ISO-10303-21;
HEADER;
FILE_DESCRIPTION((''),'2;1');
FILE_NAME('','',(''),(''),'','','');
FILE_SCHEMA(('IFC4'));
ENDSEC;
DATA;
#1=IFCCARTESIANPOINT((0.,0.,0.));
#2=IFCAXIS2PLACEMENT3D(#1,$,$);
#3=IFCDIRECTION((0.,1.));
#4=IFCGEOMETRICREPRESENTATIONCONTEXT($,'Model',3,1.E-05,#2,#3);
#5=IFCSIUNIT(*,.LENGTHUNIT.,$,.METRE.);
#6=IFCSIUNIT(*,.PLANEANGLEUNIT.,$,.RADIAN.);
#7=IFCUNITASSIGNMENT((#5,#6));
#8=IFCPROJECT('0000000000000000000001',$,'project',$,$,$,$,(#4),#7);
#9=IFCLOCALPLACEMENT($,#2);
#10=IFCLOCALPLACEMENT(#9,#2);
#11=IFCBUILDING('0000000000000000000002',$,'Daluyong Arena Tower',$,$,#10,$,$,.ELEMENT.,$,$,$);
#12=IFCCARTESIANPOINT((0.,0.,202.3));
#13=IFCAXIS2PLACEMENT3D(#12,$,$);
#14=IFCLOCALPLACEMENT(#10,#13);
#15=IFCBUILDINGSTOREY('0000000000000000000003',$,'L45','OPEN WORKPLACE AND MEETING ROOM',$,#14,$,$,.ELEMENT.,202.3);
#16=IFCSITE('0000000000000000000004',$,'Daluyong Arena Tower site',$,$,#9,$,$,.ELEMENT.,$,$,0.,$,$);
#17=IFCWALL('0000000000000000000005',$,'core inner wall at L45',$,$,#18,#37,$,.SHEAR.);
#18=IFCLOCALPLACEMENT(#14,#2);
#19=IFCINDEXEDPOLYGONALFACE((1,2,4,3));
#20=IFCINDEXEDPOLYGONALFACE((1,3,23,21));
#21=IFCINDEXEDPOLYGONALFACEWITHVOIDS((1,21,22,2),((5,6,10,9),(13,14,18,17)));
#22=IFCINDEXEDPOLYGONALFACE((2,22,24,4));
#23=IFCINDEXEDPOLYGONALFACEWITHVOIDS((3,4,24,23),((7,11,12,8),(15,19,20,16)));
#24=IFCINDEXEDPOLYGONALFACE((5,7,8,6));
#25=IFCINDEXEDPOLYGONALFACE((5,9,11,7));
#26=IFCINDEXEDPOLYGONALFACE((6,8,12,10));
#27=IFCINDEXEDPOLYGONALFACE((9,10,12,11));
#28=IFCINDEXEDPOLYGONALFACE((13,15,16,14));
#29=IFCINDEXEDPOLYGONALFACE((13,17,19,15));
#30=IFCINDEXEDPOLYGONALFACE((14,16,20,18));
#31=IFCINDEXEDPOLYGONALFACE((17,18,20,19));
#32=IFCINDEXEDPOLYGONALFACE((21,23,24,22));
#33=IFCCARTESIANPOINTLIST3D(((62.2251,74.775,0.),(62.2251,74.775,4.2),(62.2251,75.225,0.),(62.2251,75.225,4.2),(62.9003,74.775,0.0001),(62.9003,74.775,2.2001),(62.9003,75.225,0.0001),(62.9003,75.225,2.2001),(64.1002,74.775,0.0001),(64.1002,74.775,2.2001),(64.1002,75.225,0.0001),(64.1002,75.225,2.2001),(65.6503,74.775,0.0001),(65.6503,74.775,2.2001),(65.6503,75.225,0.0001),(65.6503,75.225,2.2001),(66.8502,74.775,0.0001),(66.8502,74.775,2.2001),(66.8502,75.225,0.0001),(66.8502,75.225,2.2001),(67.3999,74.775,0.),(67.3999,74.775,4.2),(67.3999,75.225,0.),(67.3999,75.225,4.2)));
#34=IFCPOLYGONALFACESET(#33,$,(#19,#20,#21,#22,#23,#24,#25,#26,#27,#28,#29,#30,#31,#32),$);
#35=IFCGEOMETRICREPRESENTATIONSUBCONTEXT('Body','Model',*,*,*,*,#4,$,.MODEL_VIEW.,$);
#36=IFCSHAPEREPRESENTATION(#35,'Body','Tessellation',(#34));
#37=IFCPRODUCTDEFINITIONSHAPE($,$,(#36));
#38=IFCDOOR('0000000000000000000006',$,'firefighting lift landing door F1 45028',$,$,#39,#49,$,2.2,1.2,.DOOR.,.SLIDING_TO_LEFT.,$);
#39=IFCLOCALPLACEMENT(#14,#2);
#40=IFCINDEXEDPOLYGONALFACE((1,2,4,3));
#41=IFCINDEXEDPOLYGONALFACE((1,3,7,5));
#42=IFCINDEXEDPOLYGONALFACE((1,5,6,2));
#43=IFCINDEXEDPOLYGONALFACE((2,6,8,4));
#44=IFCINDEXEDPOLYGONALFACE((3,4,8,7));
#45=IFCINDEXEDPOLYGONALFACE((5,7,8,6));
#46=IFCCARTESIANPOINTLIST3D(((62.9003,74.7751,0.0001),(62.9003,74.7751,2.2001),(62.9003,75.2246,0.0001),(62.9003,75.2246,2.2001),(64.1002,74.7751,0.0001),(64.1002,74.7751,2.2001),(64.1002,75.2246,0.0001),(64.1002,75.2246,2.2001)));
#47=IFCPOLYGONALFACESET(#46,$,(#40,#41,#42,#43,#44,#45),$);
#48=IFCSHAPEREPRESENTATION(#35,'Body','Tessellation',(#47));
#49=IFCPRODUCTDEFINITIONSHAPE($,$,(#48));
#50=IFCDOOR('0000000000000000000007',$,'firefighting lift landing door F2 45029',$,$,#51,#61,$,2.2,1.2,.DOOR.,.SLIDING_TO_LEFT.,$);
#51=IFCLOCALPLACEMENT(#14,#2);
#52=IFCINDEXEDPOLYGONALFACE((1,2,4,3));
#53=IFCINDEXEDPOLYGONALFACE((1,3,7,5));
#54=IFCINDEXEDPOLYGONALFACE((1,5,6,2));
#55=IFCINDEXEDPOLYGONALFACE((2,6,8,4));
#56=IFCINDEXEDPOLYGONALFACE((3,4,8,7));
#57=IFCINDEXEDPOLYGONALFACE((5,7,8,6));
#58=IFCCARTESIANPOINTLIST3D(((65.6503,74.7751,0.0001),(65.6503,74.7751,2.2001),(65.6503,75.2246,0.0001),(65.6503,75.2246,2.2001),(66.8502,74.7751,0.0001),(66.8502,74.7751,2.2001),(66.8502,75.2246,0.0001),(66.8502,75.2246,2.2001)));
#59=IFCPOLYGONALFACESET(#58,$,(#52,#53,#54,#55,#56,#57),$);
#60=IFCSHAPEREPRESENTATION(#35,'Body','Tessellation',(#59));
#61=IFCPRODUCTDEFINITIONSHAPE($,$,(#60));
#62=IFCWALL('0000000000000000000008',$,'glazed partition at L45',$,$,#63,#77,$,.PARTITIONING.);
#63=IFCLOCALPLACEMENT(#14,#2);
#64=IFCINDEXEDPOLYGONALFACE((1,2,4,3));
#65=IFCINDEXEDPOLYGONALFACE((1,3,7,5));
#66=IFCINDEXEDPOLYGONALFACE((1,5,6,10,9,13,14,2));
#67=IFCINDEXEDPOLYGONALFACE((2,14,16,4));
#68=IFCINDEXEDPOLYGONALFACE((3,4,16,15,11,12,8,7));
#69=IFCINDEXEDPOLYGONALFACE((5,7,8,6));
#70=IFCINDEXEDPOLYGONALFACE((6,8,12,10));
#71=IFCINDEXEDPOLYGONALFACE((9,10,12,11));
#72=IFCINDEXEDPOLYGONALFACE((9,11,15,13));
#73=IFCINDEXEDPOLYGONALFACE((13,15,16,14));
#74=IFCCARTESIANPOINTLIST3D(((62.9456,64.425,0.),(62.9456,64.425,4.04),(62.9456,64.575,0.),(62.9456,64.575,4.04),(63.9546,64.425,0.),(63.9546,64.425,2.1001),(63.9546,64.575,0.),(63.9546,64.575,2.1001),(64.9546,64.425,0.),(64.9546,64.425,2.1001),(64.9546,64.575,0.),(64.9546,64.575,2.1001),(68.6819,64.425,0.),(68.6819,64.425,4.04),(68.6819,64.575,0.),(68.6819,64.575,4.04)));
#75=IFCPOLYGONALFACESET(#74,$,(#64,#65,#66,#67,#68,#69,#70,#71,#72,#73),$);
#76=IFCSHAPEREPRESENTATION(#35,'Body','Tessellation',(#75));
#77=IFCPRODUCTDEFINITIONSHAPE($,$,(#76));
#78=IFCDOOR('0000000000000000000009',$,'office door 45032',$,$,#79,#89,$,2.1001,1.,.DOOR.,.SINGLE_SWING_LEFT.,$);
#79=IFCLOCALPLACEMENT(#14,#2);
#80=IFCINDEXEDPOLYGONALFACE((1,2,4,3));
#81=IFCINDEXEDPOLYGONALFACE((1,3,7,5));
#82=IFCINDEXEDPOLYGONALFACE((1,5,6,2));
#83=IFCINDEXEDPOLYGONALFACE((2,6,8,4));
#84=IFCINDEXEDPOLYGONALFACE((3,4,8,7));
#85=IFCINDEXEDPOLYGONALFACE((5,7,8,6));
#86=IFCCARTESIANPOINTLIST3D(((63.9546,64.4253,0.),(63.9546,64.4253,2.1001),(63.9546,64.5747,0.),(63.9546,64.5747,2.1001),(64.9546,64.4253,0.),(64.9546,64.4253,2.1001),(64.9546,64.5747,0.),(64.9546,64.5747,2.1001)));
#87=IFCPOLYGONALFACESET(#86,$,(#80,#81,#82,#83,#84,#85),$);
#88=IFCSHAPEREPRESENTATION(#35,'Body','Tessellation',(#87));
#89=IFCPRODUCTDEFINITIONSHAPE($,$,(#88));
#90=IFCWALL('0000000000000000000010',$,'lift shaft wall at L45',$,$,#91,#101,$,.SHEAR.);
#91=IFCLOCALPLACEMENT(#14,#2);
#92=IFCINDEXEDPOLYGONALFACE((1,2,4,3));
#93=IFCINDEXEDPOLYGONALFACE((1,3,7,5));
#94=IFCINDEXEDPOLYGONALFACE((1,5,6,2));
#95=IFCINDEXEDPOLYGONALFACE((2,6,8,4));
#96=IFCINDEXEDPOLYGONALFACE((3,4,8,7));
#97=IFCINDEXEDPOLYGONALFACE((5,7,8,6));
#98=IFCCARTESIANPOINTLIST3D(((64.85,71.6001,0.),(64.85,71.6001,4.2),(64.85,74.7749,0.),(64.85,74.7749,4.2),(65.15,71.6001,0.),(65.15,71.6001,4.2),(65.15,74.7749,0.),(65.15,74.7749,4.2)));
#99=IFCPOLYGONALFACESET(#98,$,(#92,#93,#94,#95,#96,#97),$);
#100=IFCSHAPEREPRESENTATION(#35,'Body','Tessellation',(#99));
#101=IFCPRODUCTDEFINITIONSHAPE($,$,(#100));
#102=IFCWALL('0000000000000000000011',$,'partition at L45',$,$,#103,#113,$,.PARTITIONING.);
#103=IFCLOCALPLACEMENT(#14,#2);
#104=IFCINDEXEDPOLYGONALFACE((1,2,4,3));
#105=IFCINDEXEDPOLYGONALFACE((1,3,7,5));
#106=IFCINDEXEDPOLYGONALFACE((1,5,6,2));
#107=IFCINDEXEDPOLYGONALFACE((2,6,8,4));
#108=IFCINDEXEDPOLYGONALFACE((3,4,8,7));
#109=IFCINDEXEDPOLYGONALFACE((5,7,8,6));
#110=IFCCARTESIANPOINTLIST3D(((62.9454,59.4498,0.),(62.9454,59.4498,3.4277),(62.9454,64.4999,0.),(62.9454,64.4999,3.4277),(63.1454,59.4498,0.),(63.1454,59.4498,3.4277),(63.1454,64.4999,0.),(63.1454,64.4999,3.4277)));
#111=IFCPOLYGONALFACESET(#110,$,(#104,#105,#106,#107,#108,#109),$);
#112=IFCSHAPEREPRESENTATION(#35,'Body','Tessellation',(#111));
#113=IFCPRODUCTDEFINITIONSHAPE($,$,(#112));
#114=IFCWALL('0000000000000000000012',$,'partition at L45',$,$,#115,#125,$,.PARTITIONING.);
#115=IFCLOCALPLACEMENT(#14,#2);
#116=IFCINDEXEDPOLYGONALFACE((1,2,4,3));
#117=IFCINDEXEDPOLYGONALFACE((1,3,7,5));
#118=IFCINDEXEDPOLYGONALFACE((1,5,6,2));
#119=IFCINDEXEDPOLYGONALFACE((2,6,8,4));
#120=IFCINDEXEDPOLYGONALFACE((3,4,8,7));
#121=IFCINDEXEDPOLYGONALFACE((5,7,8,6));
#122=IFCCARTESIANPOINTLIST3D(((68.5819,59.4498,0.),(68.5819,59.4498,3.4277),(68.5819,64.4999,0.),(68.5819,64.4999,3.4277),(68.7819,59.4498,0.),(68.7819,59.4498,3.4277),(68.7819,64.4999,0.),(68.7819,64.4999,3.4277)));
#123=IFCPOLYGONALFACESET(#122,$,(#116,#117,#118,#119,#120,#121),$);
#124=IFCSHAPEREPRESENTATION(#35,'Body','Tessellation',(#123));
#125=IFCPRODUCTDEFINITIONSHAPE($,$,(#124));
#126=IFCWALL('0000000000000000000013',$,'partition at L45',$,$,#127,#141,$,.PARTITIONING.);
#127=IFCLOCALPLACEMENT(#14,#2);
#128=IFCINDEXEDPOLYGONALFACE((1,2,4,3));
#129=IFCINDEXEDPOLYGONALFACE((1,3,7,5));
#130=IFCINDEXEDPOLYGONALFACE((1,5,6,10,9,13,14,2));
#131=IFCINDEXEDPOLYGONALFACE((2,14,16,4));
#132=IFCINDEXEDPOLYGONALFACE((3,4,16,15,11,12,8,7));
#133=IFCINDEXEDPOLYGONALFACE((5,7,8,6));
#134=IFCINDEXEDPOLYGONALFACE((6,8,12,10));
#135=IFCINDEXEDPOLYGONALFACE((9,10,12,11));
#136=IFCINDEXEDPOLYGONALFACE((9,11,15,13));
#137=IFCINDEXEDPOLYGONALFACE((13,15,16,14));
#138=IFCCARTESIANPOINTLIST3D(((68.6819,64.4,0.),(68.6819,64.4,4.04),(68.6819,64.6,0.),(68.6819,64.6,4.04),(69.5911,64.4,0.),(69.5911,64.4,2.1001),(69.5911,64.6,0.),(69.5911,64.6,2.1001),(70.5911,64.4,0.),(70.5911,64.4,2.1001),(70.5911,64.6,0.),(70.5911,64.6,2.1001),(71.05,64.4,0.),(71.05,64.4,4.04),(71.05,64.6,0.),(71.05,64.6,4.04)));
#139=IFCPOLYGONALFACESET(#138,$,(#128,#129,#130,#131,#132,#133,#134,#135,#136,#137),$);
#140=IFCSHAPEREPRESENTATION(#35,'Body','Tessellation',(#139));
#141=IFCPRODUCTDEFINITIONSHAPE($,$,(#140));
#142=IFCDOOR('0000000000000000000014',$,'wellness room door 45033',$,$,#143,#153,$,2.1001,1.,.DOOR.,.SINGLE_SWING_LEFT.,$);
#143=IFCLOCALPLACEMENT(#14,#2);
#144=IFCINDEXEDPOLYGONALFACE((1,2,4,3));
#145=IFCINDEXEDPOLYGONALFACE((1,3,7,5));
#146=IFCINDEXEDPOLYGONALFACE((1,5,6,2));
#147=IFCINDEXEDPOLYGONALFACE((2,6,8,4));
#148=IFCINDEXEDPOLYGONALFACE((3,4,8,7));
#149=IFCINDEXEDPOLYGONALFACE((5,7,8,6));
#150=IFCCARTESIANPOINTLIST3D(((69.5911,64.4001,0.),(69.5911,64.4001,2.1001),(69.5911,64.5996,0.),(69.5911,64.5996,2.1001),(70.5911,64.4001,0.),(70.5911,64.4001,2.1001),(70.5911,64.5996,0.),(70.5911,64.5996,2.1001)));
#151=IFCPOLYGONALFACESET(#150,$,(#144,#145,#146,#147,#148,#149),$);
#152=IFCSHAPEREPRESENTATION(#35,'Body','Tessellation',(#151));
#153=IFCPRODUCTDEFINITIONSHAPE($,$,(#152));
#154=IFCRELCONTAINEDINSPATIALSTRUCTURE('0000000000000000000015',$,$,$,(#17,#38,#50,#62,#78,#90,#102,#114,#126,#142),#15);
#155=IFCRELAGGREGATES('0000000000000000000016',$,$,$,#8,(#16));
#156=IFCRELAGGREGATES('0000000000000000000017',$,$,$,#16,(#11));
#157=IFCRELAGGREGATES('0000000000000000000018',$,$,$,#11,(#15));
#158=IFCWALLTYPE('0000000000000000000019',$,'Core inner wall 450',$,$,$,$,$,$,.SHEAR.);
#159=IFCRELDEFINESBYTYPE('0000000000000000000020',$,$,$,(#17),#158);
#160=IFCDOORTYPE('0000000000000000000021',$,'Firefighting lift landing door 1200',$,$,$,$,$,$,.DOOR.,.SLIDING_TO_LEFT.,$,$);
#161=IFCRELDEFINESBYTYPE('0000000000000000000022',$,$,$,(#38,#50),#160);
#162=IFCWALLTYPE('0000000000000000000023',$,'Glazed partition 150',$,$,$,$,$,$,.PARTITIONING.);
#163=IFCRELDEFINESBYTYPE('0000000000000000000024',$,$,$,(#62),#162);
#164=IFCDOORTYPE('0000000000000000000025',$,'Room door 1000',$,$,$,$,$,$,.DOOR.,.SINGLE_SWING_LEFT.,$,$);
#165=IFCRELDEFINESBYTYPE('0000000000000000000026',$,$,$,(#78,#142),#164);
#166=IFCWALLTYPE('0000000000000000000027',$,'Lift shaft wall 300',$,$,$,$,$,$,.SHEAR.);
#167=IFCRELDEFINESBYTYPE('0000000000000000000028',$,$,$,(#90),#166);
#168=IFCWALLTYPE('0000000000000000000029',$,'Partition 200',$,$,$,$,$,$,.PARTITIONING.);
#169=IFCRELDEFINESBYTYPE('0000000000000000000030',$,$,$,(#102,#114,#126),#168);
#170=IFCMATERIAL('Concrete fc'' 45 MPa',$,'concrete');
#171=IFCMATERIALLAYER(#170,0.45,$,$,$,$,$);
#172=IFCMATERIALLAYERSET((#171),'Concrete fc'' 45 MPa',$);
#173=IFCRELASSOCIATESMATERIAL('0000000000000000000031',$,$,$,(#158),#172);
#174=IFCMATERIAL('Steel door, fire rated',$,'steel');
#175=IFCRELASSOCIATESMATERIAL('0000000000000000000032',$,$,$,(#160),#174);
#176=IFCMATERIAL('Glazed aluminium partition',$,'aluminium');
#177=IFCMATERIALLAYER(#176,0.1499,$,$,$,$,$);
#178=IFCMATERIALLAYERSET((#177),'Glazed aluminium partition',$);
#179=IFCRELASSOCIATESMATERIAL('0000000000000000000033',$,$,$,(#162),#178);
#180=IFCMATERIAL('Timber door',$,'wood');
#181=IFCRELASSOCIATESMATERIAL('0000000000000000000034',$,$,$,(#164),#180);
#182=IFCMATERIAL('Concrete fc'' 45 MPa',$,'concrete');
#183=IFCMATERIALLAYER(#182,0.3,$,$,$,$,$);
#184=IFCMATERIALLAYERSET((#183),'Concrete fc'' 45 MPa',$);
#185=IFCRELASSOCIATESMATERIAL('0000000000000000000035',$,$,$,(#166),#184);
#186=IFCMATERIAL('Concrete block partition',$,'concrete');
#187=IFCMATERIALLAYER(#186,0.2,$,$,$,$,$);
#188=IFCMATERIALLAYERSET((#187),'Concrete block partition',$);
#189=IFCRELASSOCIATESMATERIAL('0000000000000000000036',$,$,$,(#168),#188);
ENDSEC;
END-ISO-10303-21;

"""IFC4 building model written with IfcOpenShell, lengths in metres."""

from ifc_helpers import new_model, si_unit, direction, frame, frame_2d, origin, place, context, subcontext, project, spatial, rectangle, extrude, material, layer, layer_set, type_object, element, fill, save


model = new_model("IFC4")

# Units and contexts
model_context = context("Model", 3, precision=1e-05, world=origin(), true_north=direction((0.0, 1.0)))
body_context = subcontext(model_context, "Body", "Model", "MODEL_VIEW")
ifc_project = project(units=[si_unit("LENGTHUNIT", "METRE"), si_unit("PLANEANGLEUNIT", "RADIAN")], contexts=[model_context])

# Site, building, storey
site_placement = place(None, origin())
site = spatial("IfcSite", under=ifc_project, at=site_placement, Name="Daluyong Arena Tower site", CompositionType="ELEMENT", RefElevation=0.0)
building_placement = place(site_placement, origin())
building = spatial("IfcBuilding", under=site, at=building_placement, Name="Daluyong Arena Tower", CompositionType="ELEMENT")
storey_placement = place(building_placement, frame((0.0, 0.0, 202.3)))
storey = spatial("IfcBuildingStorey", under=building, at=storey_placement, Name="L45", Description="OPEN WORKPLACE AND MEETING ROOM", CompositionType="ELEMENT", Elevation=202.3)

# Shared definitions
ifc_material_1 = material(Name="Concrete fc' 45 MPa", Category="concrete")
ifc_layer_1 = layer(ifc_material_1, 0.45)
ifc_layer_set_1 = layer_set([ifc_layer_1], Name="Concrete fc' 45 MPa")
wall_type_1 = type_object("IfcWallType", Name="Core inner wall 450", PredefinedType="SHEAR", material=ifc_layer_set_1)

# Wall, openings, doors
wall_1_placement = place(storey_placement, frame((62.2251, 75.0, 0.0), z_axis=(0.0, 0.0, 1.0), x_axis=(1.0, 0.0, 0.0)))
wall_1 = element("IfcWall", 1, at=wall_1_placement, inside=storey, type_object=wall_type_1, Name="core inner wall at L45", PredefinedType="SHEAR", context=body_context, shape_type="SweptSolid", body=[
    extrude(rectangle(XDim=5.1748, YDim=0.45, at=frame_2d((2.5874, 0.0))), origin(), (0.0, 0.0, 1.0), 4.2),
])
opening_1_placement = place(wall_1_placement, frame((0.675, 0.0, 0.0)))
opening_1 = element("IfcOpeningElement", 2, at=opening_1_placement, cuts=wall_1, PredefinedType="OPENING", context=body_context, shape_type="SweptSolid", body=[
    extrude(rectangle(XDim=1.2, YDim=2.2, at=frame_2d((0.6001, 1.1001))), frame((0.0, 0.2349, 0.0), z_axis=(0.0, -1.0, 0.0), x_axis=(1.0, 0.0, 0.0)), (0.0, 0.0, 1.0), 0.47),
])
opening_2_placement = place(wall_1_placement, frame((3.425, 0.0, 0.0)))
opening_2 = element("IfcOpeningElement", 3, at=opening_2_placement, cuts=wall_1, PredefinedType="OPENING", context=body_context, shape_type="SweptSolid", body=[
    extrude(rectangle(XDim=1.2, YDim=2.2, at=frame_2d((0.6001, 1.1001))), frame((0.0, 0.2349, 0.0), z_axis=(0.0, -1.0, 0.0), x_axis=(1.0, 0.0, 0.0)), (0.0, 0.0, 1.0), 0.47),
])
ifc_material_2 = material(Name="Steel door, fire rated", Category="steel")
door_type_1 = type_object("IfcDoorType", Name="Firefighting lift landing door 1200", OperationType="SLIDING_TO_LEFT", PredefinedType="DOOR", material=ifc_material_2)
door_1_placement = place(opening_1_placement, origin())
door_1 = element("IfcDoor", 4, at=door_1_placement, inside=storey, type_object=door_type_1, Name="firefighting lift landing door F1 45028", OperationType="SLIDING_TO_LEFT", OverallHeight=2.2, OverallWidth=1.2, PredefinedType="DOOR", context=body_context, shape_type="SweptSolid", body=[
    extrude(rectangle(XDim=1.2, YDim=2.2, at=frame_2d((0.6001, 1.1001))), frame((0.0, 0.2246, 0.0), z_axis=(0.0, -1.0, 0.0), x_axis=(1.0, 0.0, 0.0)), (0.0, 0.0, 1.0), 0.4495),
])
fill(opening_1, door_1)
door_2_placement = place(opening_2_placement, origin())
door_2 = element("IfcDoor", 5, at=door_2_placement, inside=storey, type_object=door_type_1, Name="firefighting lift landing door F2 45029", OperationType="SLIDING_TO_LEFT", OverallHeight=2.2, OverallWidth=1.2, PredefinedType="DOOR", context=body_context, shape_type="SweptSolid", body=[
    extrude(rectangle(XDim=1.2, YDim=2.2, at=frame_2d((0.6001, 1.1001))), frame((0.0, 0.2246, 0.0), z_axis=(0.0, -1.0, 0.0), x_axis=(1.0, 0.0, 0.0)), (0.0, 0.0, 1.0), 0.4495),
])
fill(opening_2, door_2)

# Wall, opening, door
ifc_material_3 = material(Name="Glazed aluminium partition", Category="aluminium")
ifc_layer_2 = layer(ifc_material_3, 0.1499)
ifc_layer_set_2 = layer_set([ifc_layer_2], Name="Glazed aluminium partition")
wall_type_2 = type_object("IfcWallType", Name="Glazed partition 150", PredefinedType="PARTITIONING", material=ifc_layer_set_2)
wall_2_placement = place(storey_placement, frame((62.9456, 64.5, 0.0), z_axis=(0.0, 0.0, 1.0), x_axis=(1.0, 0.0, 0.0)))
wall_2 = element("IfcWall", 6, at=wall_2_placement, inside=storey, type_object=wall_type_2, Name="glazed partition at L45", PredefinedType="PARTITIONING", context=body_context, shape_type="SweptSolid", body=[
    extrude(rectangle(XDim=5.7363, YDim=0.1499, at=frame_2d((2.8682, 0.0))), origin(), (0.0, 0.0, 1.0), 4.04),
])
opening_3_placement = place(wall_2_placement, frame((1.009, 0.0, 0.0)))
opening_3 = element("IfcOpeningElement", 7, at=opening_3_placement, cuts=wall_2, PredefinedType="OPENING", context=body_context, shape_type="SweptSolid", body=[
    extrude(rectangle(XDim=1.0, YDim=2.1001, at=frame_2d((0.5, 1.05))), frame((0.0, 0.085, 0.0), z_axis=(0.0, -1.0, 0.0), x_axis=(1.0, 0.0, 0.0)), (0.0, 0.0, 1.0), 0.1699),
])
ifc_material_4 = material(Name="Timber door", Category="wood")
door_type_2 = type_object("IfcDoorType", Name="Room door 1000", OperationType="SINGLE_SWING_LEFT", PredefinedType="DOOR", material=ifc_material_4)
door_3_placement = place(opening_3_placement, origin())
door_3 = element("IfcDoor", 8, at=door_3_placement, inside=storey, type_object=door_type_2, Name="office door 45032", OperationType="SINGLE_SWING_LEFT", OverallHeight=2.1001, OverallWidth=1.0, PredefinedType="DOOR", context=body_context, shape_type="SweptSolid", body=[
    extrude(rectangle(XDim=1.0, YDim=2.1001, at=frame_2d((0.5, 1.05))), frame((0.0, 0.0747, 0.0), z_axis=(0.0, -1.0, 0.0), x_axis=(1.0, 0.0, 0.0)), (0.0, 0.0, 1.0), 0.1494),
])
fill(opening_3, door_3)

# Walls
ifc_material_5 = material(Name="Concrete fc' 45 MPa", Category="concrete")
ifc_layer_3 = layer(ifc_material_5, 0.3)
ifc_layer_set_3 = layer_set([ifc_layer_3], Name="Concrete fc' 45 MPa")
wall_type_3 = type_object("IfcWallType", Name="Lift shaft wall 300", PredefinedType="SHEAR", material=ifc_layer_set_3)
wall_3_placement = place(storey_placement, frame((65.0, 71.6001, 0.0), z_axis=(0.0, 0.0, 1.0), x_axis=(0.0, 1.0, 0.0)))
element("IfcWall", 9, at=wall_3_placement, inside=storey, type_object=wall_type_3, Name="lift shaft wall at L45", PredefinedType="SHEAR", context=body_context, shape_type="SweptSolid", body=[
    extrude(rectangle(XDim=3.1748, YDim=0.3, at=frame_2d((1.5874, 0.0))), origin(), (0.0, 0.0, 1.0), 4.2),
])
ifc_material_6 = material(Name="Concrete block partition", Category="concrete")
ifc_layer_4 = layer(ifc_material_6, 0.2)
ifc_layer_set_4 = layer_set([ifc_layer_4], Name="Concrete block partition")
wall_type_4 = type_object("IfcWallType", Name="Partition 200", PredefinedType="PARTITIONING", material=ifc_layer_set_4)
for number, where, z_axis, x_axis, name in (
    (10, (63.0454, 59.45, 0.0), (0.0, 0.0, 1.0), (0.0, 1.0, 0.0), "partition at L45"),
    (11, (68.6819, 59.45, 0.0), (0.0, 0.0, 1.0), (0.0, 1.0, 0.0), "partition at L45"),
):
    element("IfcWall", number, at=place(storey_placement, frame(where, z_axis=z_axis, x_axis=x_axis)), inside=storey, type_object=wall_type_4, Name=name, PredefinedType="PARTITIONING", context=body_context, shape_type="SweptSolid", body=[
        extrude(rectangle(XDim=5.05, YDim=0.2, at=frame_2d((2.5249, 0.0))), origin(), (0.0, 0.0, 1.0), 3.4277),
    ])

# Wall, opening, door
wall_4_placement = place(storey_placement, frame((68.6819, 64.5, 0.0), z_axis=(0.0, 0.0, 1.0), x_axis=(1.0, 0.0, 0.0)))
wall_4 = element("IfcWall", 12, at=wall_4_placement, inside=storey, type_object=wall_type_4, Name="partition at L45", PredefinedType="PARTITIONING", context=body_context, shape_type="SweptSolid", body=[
    extrude(rectangle(XDim=2.3682, YDim=0.2, at=frame_2d((1.1841, 0.0))), origin(), (0.0, 0.0, 1.0), 4.04),
])
opening_4_placement = place(wall_4_placement, frame((0.9092, 0.0, 0.0)))
opening_4 = element("IfcOpeningElement", 13, at=opening_4_placement, cuts=wall_4, PredefinedType="OPENING", context=body_context, shape_type="SweptSolid", body=[
    extrude(rectangle(XDim=1.0, YDim=2.1001, at=frame_2d((0.5, 1.05))), frame((0.0, 0.1099, 0.0), z_axis=(0.0, -1.0, 0.0), x_axis=(1.0, 0.0, 0.0)), (0.0, 0.0, 1.0), 0.22),
])
door_4_placement = place(opening_4_placement, origin())
door_4 = element("IfcDoor", 14, at=door_4_placement, inside=storey, type_object=door_type_2, Name="wellness room door 45033", OperationType="SINGLE_SWING_LEFT", OverallHeight=2.1001, OverallWidth=1.0, PredefinedType="DOOR", context=body_context, shape_type="SweptSolid", body=[
    extrude(rectangle(XDim=1.0, YDim=2.1001, at=frame_2d((0.5, 1.05))), frame((0.0, 0.0996, 0.0), z_axis=(0.0, -1.0, 0.0), x_axis=(1.0, 0.0, 0.0)), (0.0, 0.0, 1.0), 0.1995),
])
fill(opening_4, door_4)

save(model, "model.ifc")
